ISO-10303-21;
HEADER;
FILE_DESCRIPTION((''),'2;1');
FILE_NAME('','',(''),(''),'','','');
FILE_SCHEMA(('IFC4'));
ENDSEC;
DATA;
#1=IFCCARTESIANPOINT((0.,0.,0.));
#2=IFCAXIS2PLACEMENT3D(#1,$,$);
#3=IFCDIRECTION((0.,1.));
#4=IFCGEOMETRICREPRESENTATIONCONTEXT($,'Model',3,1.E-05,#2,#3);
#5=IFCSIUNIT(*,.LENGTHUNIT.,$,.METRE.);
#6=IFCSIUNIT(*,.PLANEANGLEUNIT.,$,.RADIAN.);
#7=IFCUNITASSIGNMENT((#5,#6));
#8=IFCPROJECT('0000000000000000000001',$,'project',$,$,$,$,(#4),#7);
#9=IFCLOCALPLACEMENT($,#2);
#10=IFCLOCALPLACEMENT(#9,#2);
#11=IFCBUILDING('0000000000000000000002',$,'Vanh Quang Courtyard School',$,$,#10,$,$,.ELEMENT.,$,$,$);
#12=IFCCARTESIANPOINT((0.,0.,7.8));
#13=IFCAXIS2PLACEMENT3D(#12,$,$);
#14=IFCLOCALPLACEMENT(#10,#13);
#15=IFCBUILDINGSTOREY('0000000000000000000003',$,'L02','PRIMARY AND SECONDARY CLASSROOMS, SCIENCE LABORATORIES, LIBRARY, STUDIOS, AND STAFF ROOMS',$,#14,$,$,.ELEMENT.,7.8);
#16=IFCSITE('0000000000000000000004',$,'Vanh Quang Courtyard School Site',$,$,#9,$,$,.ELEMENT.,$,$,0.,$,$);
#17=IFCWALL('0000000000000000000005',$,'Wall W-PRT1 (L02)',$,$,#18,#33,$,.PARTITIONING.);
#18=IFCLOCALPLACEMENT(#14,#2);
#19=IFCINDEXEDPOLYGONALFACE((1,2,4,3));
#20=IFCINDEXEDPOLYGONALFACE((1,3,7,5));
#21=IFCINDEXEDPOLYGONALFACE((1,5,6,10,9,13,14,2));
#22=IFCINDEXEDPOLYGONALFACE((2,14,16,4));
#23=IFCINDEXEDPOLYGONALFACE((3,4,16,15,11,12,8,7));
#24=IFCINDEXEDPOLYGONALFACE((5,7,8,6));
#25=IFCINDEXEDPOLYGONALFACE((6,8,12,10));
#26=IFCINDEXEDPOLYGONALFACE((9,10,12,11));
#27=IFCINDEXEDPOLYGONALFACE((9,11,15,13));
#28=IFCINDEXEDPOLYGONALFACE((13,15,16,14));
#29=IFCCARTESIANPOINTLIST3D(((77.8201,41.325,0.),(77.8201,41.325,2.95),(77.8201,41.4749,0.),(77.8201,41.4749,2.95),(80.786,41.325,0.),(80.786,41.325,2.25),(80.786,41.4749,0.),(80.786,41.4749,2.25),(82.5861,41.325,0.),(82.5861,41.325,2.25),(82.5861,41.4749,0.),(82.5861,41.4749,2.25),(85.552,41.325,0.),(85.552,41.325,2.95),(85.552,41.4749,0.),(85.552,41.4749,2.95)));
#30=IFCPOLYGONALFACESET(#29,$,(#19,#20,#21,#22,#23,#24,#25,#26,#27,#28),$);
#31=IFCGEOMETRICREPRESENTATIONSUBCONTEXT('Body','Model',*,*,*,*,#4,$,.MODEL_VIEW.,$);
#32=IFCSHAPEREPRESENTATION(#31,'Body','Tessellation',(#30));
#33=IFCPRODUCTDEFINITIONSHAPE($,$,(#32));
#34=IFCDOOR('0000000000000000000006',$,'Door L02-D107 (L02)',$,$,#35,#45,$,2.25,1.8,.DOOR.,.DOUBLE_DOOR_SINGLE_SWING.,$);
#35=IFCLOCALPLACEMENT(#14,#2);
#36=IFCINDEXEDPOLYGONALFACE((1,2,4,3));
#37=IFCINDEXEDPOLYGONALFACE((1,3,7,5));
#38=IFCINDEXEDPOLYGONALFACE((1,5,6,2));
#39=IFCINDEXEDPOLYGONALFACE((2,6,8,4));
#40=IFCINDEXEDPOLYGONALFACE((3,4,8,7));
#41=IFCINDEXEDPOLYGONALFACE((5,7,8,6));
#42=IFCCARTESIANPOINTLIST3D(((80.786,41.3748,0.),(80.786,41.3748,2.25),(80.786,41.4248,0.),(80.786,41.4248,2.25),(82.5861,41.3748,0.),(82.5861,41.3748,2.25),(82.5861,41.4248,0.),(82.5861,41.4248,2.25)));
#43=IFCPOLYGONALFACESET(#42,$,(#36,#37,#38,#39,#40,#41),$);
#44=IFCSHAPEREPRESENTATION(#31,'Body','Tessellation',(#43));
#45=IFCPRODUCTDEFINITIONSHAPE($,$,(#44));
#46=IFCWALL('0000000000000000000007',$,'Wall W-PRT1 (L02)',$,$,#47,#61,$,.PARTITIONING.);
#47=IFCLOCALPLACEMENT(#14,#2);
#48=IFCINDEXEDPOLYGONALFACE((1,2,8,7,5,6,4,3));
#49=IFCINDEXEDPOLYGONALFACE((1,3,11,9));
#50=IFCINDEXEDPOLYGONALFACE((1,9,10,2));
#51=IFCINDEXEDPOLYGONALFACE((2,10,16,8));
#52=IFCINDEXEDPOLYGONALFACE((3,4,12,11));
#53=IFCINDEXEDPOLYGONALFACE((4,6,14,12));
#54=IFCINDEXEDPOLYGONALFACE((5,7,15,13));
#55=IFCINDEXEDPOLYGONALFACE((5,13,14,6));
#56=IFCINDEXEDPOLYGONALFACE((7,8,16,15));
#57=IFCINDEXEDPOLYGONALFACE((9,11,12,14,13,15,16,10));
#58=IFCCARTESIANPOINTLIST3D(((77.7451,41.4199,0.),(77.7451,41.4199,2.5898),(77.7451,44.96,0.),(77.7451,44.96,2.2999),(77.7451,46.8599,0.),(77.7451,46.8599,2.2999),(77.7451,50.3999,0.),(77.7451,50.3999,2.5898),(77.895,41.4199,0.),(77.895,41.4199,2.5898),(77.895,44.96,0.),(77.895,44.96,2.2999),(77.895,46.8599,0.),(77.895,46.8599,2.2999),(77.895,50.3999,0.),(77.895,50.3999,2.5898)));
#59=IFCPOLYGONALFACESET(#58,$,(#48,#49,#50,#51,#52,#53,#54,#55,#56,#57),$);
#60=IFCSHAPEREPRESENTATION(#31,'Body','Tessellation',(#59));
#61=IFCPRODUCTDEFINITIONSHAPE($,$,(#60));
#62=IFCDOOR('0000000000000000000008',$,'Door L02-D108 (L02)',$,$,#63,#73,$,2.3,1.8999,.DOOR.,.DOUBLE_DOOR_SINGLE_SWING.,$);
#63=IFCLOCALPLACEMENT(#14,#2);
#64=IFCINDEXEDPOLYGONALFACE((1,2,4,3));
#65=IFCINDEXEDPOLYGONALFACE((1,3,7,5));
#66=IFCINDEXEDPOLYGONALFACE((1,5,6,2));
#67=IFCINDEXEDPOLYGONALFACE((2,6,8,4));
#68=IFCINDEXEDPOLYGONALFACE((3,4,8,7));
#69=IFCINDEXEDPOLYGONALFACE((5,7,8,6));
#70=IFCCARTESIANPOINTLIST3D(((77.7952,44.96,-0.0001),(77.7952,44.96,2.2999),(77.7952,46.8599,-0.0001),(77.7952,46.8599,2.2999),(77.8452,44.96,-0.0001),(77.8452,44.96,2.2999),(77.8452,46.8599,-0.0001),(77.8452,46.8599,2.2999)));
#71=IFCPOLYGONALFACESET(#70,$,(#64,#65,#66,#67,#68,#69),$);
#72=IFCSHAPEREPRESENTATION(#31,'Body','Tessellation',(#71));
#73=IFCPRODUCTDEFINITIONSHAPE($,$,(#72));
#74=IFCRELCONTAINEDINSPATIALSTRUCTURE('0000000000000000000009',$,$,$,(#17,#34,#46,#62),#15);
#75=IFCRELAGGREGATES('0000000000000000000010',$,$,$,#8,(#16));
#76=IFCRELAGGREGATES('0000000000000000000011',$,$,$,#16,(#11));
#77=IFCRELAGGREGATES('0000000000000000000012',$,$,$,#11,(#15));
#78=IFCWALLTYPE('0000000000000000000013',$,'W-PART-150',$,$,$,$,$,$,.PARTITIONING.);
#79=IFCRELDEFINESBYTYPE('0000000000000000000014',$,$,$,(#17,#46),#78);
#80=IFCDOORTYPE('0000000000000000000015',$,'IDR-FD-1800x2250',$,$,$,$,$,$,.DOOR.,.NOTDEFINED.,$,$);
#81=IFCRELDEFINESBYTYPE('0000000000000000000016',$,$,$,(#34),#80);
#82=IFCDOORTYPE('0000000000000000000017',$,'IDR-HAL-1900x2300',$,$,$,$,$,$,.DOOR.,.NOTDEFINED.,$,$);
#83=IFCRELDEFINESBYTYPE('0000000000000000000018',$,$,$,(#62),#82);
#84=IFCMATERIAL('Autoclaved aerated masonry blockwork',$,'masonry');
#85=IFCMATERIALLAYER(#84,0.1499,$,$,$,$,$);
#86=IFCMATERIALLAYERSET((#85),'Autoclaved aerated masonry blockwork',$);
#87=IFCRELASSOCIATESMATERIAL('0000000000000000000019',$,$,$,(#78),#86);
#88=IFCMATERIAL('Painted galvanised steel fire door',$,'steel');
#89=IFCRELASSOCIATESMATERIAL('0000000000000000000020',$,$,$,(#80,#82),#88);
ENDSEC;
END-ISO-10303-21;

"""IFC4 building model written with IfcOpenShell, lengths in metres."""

from ifc_helpers import new_model, si_unit, direction, frame, frame_2d, origin, place, context, subcontext, project, spatial, rectangle, extrude, material, layer, layer_set, type_object, element, fill, save


model = new_model("IFC4")

# Units and contexts
model_context = context("Model", 3, precision=1e-05, world=origin(), true_north=direction((0.0, 1.0)))
body_context = subcontext(model_context, "Body", "Model", "MODEL_VIEW")
ifc_project = project(units=[si_unit("LENGTHUNIT", "METRE"), si_unit("PLANEANGLEUNIT", "RADIAN")], contexts=[model_context])

# Site, building, storey
site_placement = place(None, origin())
site = spatial("IfcSite", under=ifc_project, at=site_placement, Name="Vanh Quang Courtyard School Site", CompositionType="ELEMENT", RefElevation=0.0)
building_placement = place(site_placement, origin())
building = spatial("IfcBuilding", under=site, at=building_placement, Name="Vanh Quang Courtyard School", CompositionType="ELEMENT")
storey_placement = place(building_placement, frame((0.0, 0.0, 7.8)))
storey = spatial("IfcBuildingStorey", under=building, at=storey_placement, Name="L02", Description="PRIMARY AND SECONDARY CLASSROOMS, SCIENCE LABORATORIES, LIBRARY, STUDIOS, AND STAFF ROOMS", CompositionType="ELEMENT", Elevation=7.8)

# Walls, openings, doors
ifc_material_1 = material(Name="Autoclaved aerated masonry blockwork", Category="masonry")
ifc_layer_1 = layer(ifc_material_1, 0.1499)
ifc_layer_set_1 = layer_set([ifc_layer_1], Name="Autoclaved aerated masonry blockwork")
wall_type_1 = type_object("IfcWallType", Name="W-PART-150", PredefinedType="PARTITIONING", material=ifc_layer_set_1)
wall_1_placement = place(storey_placement, frame((77.8201, 41.3999, 0.0), z_axis=(0.0, 0.0, 1.0), x_axis=(1.0, 0.0, 0.0)))
wall_1 = element("IfcWall", 1, at=wall_1_placement, inside=storey, type_object=wall_type_1, Name="Wall W-PRT1 (L02)", PredefinedType="PARTITIONING", context=body_context, shape_type="SweptSolid", body=[
    extrude(rectangle(XDim=7.7319, YDim=0.1499, at=frame_2d((3.866, 0.0))), origin(), (0.0, 0.0, 1.0), 2.95),
])
opening_1_placement = place(wall_1_placement, frame((2.9661, 0.0, 0.0)))
opening_1 = element("IfcOpeningElement", 2, at=opening_1_placement, cuts=wall_1, PredefinedType="OPENING", context=body_context, shape_type="SweptSolid", body=[
    extrude(rectangle(XDim=1.8, YDim=2.25, at=frame_2d((0.8999, 1.125))), frame((0.0, 0.085, 0.0), z_axis=(0.0, -1.0, 0.0), x_axis=(1.0, 0.0, 0.0)), (0.0, 0.0, 1.0), 0.1699),
])
ifc_material_2 = material(Name="Painted galvanised steel fire door", Category="steel")
door_type_1 = type_object("IfcDoorType", Name="IDR-FD-1800x2250", OperationType="NOTDEFINED", PredefinedType="DOOR", material=ifc_material_2)
door_1_placement = place(opening_1_placement, origin())
door_1 = element("IfcDoor", 3, at=door_1_placement, inside=storey, type_object=door_type_1, Name="Door L02-D107 (L02)", OperationType="DOUBLE_DOOR_SINGLE_SWING", OverallHeight=2.25, OverallWidth=1.8, PredefinedType="DOOR", context=body_context, shape_type="SweptSolid", body=[
    extrude(rectangle(XDim=1.8, YDim=2.25, at=frame_2d((0.8999, 1.125))), frame((0.0, 0.0249, 0.0), z_axis=(0.0, -1.0, 0.0), x_axis=(1.0, 0.0, 0.0)), (0.0, 0.0, 1.0), 0.05),
])
fill(opening_1, door_1)
wall_2_placement = place(storey_placement, frame((77.8201, 41.4199, 0.0), z_axis=(0.0, 0.0, 1.0), x_axis=(0.0, 1.0, 0.0)))
wall_2 = element("IfcWall", 4, at=wall_2_placement, inside=storey, type_object=wall_type_1, Name="Wall W-PRT1 (L02)", PredefinedType="PARTITIONING", context=body_context, shape_type="SweptSolid", body=[
    extrude(rectangle(XDim=8.98, YDim=0.1499, at=frame_2d((4.49, 0.0))), origin(), (0.0, 0.0, 1.0), 2.5898),
])
opening_2_placement = place(wall_2_placement, frame((3.54, 0.0, 0.0)))
opening_2 = element("IfcOpeningElement", 5, at=opening_2_placement, cuts=wall_2, PredefinedType="OPENING", context=body_context, shape_type="SweptSolid", body=[
    extrude(rectangle(XDim=1.8999, YDim=2.3, at=frame_2d((0.95, 1.1499))), frame((0.0, 0.085, 0.0), z_axis=(0.0, -1.0, 0.0), x_axis=(1.0, 0.0, 0.0)), (0.0, 0.0, 1.0), 0.1699),
])
door_type_2 = type_object("IfcDoorType", Name="IDR-HAL-1900x2300", OperationType="NOTDEFINED", PredefinedType="DOOR", material=ifc_material_2)
door_2_placement = place(opening_2_placement, origin())
door_2 = element("IfcDoor", 6, at=door_2_placement, inside=storey, type_object=door_type_2, Name="Door L02-D108 (L02)", OperationType="DOUBLE_DOOR_SINGLE_SWING", OverallHeight=2.3, OverallWidth=1.8999, PredefinedType="DOOR", context=body_context, shape_type="SweptSolid", body=[
    extrude(rectangle(XDim=1.8999, YDim=2.3, at=frame_2d((0.95, 1.1499))), frame((0.0, 0.0249, 0.0), z_axis=(0.0, -1.0, 0.0), x_axis=(1.0, 0.0, 0.0)), (0.0, 0.0, 1.0), 0.05),
])
fill(opening_2, door_2)

save(model, "model.ifc")
